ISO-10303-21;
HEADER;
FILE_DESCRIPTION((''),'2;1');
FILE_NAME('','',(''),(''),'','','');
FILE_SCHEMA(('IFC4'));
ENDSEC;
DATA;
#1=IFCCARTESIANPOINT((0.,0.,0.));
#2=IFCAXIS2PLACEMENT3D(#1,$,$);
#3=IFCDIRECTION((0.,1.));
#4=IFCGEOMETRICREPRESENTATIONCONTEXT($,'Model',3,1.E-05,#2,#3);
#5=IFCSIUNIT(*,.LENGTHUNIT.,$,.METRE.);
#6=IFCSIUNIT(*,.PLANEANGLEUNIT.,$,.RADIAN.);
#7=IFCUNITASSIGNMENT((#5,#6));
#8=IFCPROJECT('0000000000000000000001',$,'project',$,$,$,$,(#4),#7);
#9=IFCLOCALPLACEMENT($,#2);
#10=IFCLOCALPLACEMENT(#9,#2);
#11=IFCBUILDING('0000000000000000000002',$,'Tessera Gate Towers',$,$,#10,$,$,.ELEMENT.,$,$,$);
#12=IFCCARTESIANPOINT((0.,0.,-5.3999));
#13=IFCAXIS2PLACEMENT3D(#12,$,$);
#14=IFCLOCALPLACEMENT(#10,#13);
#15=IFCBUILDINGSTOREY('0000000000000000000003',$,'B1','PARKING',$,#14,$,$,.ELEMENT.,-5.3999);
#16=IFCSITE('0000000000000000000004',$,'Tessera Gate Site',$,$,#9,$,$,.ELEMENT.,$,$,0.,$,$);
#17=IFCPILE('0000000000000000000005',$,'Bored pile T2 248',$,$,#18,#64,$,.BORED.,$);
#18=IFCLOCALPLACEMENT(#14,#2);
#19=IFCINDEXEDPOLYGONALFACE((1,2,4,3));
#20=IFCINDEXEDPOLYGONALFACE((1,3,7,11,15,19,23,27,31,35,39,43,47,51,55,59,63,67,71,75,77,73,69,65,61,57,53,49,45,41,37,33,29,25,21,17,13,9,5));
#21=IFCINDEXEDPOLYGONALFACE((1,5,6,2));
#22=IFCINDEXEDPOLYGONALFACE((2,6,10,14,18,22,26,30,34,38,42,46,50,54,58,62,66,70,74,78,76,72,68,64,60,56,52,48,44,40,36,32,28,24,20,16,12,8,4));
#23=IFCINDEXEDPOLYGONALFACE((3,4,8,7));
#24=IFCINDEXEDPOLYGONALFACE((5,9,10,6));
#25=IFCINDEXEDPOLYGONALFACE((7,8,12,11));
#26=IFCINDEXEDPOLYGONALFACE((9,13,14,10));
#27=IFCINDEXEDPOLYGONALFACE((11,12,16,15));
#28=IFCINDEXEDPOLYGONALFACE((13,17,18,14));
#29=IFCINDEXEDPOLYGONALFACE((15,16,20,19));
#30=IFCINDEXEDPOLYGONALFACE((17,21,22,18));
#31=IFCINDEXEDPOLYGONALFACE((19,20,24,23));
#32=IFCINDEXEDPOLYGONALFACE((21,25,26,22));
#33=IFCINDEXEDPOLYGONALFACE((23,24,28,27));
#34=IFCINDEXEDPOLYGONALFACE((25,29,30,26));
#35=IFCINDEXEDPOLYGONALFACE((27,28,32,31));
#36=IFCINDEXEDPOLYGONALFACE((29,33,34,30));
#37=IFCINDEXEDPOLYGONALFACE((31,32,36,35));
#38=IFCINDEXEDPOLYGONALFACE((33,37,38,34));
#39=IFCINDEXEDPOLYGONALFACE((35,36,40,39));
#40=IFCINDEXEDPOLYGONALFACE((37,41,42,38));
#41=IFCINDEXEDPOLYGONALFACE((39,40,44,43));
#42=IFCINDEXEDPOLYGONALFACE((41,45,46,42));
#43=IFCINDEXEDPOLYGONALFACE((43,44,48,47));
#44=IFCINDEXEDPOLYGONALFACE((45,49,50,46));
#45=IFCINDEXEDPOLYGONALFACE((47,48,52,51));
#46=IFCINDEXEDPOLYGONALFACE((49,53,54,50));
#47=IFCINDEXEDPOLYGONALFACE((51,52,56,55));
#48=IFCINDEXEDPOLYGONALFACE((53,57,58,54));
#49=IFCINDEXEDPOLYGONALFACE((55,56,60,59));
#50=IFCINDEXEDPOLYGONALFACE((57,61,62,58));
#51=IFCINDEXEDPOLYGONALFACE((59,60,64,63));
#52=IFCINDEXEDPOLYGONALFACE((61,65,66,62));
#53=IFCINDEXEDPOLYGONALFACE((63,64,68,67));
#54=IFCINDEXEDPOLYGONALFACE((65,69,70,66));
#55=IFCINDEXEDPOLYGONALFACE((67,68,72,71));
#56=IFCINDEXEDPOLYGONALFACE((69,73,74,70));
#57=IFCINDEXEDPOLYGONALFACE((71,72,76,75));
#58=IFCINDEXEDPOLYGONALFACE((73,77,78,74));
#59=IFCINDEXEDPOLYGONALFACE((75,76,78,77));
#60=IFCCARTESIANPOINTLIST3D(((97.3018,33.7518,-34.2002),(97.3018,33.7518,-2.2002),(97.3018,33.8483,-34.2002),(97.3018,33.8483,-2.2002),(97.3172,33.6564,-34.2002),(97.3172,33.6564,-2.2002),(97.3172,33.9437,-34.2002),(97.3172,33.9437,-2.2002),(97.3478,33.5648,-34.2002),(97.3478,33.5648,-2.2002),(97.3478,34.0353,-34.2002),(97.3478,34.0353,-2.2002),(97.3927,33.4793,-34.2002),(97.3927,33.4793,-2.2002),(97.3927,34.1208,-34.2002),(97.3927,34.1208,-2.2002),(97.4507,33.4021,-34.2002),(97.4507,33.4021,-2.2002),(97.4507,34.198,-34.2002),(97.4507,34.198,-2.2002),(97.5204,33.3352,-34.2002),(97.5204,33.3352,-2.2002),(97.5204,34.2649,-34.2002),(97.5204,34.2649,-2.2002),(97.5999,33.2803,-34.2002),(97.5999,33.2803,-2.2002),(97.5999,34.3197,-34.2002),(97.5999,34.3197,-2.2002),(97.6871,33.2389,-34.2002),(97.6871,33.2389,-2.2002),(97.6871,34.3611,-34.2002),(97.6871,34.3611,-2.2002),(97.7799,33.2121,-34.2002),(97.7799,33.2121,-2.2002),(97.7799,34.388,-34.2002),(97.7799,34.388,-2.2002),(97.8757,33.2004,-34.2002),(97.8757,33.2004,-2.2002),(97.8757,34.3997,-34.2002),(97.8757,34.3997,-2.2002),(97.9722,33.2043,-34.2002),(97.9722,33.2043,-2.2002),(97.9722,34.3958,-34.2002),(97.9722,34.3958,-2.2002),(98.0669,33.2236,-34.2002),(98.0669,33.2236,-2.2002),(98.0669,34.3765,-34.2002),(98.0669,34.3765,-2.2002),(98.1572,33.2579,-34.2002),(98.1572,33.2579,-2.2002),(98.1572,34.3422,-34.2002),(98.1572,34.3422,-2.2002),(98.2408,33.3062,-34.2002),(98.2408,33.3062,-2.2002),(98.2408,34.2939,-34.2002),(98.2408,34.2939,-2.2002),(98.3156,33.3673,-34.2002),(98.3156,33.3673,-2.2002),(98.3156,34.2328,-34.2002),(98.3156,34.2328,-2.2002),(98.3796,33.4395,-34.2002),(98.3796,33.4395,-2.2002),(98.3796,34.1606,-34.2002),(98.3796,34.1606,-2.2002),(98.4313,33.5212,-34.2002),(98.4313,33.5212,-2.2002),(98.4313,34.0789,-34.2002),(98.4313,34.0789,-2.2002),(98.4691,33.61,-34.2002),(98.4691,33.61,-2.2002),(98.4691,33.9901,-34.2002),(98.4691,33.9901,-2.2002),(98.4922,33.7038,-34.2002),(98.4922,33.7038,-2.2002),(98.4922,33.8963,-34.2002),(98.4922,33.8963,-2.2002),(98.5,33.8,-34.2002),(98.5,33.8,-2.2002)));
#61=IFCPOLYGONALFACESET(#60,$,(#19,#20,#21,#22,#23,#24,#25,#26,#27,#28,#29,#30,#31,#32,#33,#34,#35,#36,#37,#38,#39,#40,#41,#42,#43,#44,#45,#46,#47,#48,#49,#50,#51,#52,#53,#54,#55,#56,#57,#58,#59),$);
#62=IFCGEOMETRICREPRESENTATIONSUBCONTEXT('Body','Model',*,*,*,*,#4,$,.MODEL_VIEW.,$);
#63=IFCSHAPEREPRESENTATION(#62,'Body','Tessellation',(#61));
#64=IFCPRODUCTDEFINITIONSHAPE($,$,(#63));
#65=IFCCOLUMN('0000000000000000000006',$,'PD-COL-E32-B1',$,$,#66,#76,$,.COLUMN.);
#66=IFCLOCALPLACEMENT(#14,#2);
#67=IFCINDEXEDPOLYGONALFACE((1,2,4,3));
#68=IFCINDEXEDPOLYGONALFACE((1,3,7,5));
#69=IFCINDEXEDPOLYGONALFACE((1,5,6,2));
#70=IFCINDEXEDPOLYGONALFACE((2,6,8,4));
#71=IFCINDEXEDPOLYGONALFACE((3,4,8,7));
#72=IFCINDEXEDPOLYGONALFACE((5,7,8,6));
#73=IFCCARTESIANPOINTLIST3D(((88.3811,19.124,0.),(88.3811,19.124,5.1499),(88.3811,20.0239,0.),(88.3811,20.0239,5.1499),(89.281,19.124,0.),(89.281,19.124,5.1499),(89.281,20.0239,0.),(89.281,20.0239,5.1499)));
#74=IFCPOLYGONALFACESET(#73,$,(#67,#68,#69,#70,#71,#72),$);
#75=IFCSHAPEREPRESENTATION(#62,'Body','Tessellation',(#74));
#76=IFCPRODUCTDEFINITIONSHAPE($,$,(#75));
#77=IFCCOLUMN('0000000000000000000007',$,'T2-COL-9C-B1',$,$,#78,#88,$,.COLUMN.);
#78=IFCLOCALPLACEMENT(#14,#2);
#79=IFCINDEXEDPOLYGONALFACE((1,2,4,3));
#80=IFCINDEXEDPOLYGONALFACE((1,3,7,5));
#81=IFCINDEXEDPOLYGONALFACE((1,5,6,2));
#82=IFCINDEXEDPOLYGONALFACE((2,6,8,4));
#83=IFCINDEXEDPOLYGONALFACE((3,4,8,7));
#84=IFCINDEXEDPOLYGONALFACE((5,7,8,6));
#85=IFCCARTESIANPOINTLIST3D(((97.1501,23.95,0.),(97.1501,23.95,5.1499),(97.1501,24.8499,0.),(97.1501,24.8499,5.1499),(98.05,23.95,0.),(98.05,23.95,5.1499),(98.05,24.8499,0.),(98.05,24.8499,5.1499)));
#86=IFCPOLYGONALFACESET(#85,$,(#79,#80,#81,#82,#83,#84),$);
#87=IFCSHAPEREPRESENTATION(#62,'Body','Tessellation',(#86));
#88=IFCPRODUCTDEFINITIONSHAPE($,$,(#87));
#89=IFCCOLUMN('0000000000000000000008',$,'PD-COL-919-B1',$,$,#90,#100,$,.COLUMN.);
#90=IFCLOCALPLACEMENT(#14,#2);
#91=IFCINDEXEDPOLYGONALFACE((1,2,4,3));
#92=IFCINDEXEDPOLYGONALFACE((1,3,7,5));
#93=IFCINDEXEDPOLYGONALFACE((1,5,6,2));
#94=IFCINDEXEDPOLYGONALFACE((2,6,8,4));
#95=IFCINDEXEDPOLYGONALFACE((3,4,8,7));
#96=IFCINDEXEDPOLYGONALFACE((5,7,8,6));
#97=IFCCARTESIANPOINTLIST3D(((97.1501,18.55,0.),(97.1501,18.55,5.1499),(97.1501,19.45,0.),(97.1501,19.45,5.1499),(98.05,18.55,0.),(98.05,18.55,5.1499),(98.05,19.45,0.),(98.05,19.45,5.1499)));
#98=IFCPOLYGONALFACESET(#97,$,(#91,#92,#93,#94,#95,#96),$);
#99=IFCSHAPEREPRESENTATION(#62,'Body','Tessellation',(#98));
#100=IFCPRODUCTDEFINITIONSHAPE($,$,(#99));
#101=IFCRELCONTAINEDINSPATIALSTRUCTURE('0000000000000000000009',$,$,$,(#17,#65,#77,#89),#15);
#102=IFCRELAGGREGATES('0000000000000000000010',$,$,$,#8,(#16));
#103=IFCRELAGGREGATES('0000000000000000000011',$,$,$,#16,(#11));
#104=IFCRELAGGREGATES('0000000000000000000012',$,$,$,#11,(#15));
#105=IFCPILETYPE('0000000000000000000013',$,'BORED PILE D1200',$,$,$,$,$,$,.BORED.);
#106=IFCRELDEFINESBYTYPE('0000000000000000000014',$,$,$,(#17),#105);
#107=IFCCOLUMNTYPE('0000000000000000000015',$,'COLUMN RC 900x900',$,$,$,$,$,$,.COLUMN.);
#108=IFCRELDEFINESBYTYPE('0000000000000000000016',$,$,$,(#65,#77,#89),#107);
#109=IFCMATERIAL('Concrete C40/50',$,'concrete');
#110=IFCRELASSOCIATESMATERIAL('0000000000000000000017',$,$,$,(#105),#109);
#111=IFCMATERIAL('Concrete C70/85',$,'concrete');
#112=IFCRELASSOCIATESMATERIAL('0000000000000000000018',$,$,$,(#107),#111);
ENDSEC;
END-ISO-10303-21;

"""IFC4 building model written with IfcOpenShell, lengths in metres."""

from ifc_helpers import new_model, si_unit, direction, frame, origin, origin_2d, place, context, subcontext, project, spatial, rectangle, circle, extrude, material, material_profile, profile_set, type_object, element, save


model = new_model("IFC4")

# Units and contexts
model_context = context("Model", 3, precision=1e-05, world=origin(), true_north=direction((0.0, 1.0)))
body_context = subcontext(model_context, "Body", "Model", "MODEL_VIEW")
ifc_project = project(units=[si_unit("LENGTHUNIT", "METRE"), si_unit("PLANEANGLEUNIT", "RADIAN")], contexts=[model_context])

# Site, building, storey
site_placement = place(None, origin())
site = spatial("IfcSite", under=ifc_project, at=site_placement, Name="Tessera Gate Site", CompositionType="ELEMENT", RefElevation=0.0)
building_placement = place(site_placement, origin())
building = spatial("IfcBuilding", under=site, at=building_placement, Name="Tessera Gate Towers", CompositionType="ELEMENT")
storey_placement = place(building_placement, frame((0.0, 0.0, -5.3999)))
storey = spatial("IfcBuildingStorey", under=building, at=storey_placement, Name="B1", Description="PARKING", CompositionType="ELEMENT", Elevation=-5.3999)

# Pile
ifc_material_1 = material(Name="Concrete C40/50", Category="concrete")
ifc_material_profile_1 = material_profile(ifc_material_1, circle(Radius=0.6001, at=origin_2d()), Name="BORED PILE D1200")
ifc_profile_set_1 = profile_set([ifc_material_profile_1], Name="Concrete C40/50")
pile_type = type_object("IfcPileType", Name="BORED PILE D1200", PredefinedType="BORED", material=ifc_profile_set_1)
for number, where, z_axis, x_axis, name in (
    (1, (97.8999, 33.8, -2.2002), (0.0, 0.0, -1.0), (1.0, 0.0, 0.0), "Bored pile T2 248"),
):
    element("IfcPile", number, at=place(storey_placement, frame(where, z_axis=z_axis, x_axis=x_axis)), inside=storey, type_object=pile_type, Name=name, PredefinedType="BORED", context=body_context, shape_type="SweptSolid", body=[
        extrude(circle(Radius=0.6001, at=origin_2d()), origin(), (0.0, 0.0, 1.0), 32.0),
    ])

# Columns
ifc_material_2 = material(Name="Concrete C70/85", Category="concrete")
ifc_material_profile_2 = material_profile(ifc_material_2, rectangle(XDim=0.8999, YDim=0.8999, at=origin_2d()), Name="RC 900x900")
ifc_profile_set_2 = profile_set([ifc_material_profile_2], Name="Concrete C70/85")
column_type = type_object("IfcColumnType", Name="COLUMN RC 900x900", PredefinedType="COLUMN", material=ifc_profile_set_2)
for number, where, z_axis, x_axis, name in (
    (2, (88.8311, 19.574, 0.0), (0.0, 0.0, 1.0), (1.0, 0.0, 0.0), "PD-COL-E32-B1"),
    (3, (97.6001, 24.3999, 0.0), (0.0, 0.0, 1.0), (1.0, 0.0, 0.0), "T2-COL-9C-B1"),
    (4, (97.6001, 19.0, 0.0), (0.0, 0.0, 1.0), (1.0, 0.0, 0.0), "PD-COL-919-B1"),
):
    element("IfcColumn", number, at=place(storey_placement, frame(where, z_axis=z_axis, x_axis=x_axis)), inside=storey, type_object=column_type, Name=name, PredefinedType="COLUMN", context=body_context, shape_type="SweptSolid", body=[
        extrude(rectangle(XDim=0.8999, YDim=0.8999, at=origin_2d()), origin(), (0.0, 0.0, 1.0), 5.1499),
    ])

save(model, "model.ifc")
